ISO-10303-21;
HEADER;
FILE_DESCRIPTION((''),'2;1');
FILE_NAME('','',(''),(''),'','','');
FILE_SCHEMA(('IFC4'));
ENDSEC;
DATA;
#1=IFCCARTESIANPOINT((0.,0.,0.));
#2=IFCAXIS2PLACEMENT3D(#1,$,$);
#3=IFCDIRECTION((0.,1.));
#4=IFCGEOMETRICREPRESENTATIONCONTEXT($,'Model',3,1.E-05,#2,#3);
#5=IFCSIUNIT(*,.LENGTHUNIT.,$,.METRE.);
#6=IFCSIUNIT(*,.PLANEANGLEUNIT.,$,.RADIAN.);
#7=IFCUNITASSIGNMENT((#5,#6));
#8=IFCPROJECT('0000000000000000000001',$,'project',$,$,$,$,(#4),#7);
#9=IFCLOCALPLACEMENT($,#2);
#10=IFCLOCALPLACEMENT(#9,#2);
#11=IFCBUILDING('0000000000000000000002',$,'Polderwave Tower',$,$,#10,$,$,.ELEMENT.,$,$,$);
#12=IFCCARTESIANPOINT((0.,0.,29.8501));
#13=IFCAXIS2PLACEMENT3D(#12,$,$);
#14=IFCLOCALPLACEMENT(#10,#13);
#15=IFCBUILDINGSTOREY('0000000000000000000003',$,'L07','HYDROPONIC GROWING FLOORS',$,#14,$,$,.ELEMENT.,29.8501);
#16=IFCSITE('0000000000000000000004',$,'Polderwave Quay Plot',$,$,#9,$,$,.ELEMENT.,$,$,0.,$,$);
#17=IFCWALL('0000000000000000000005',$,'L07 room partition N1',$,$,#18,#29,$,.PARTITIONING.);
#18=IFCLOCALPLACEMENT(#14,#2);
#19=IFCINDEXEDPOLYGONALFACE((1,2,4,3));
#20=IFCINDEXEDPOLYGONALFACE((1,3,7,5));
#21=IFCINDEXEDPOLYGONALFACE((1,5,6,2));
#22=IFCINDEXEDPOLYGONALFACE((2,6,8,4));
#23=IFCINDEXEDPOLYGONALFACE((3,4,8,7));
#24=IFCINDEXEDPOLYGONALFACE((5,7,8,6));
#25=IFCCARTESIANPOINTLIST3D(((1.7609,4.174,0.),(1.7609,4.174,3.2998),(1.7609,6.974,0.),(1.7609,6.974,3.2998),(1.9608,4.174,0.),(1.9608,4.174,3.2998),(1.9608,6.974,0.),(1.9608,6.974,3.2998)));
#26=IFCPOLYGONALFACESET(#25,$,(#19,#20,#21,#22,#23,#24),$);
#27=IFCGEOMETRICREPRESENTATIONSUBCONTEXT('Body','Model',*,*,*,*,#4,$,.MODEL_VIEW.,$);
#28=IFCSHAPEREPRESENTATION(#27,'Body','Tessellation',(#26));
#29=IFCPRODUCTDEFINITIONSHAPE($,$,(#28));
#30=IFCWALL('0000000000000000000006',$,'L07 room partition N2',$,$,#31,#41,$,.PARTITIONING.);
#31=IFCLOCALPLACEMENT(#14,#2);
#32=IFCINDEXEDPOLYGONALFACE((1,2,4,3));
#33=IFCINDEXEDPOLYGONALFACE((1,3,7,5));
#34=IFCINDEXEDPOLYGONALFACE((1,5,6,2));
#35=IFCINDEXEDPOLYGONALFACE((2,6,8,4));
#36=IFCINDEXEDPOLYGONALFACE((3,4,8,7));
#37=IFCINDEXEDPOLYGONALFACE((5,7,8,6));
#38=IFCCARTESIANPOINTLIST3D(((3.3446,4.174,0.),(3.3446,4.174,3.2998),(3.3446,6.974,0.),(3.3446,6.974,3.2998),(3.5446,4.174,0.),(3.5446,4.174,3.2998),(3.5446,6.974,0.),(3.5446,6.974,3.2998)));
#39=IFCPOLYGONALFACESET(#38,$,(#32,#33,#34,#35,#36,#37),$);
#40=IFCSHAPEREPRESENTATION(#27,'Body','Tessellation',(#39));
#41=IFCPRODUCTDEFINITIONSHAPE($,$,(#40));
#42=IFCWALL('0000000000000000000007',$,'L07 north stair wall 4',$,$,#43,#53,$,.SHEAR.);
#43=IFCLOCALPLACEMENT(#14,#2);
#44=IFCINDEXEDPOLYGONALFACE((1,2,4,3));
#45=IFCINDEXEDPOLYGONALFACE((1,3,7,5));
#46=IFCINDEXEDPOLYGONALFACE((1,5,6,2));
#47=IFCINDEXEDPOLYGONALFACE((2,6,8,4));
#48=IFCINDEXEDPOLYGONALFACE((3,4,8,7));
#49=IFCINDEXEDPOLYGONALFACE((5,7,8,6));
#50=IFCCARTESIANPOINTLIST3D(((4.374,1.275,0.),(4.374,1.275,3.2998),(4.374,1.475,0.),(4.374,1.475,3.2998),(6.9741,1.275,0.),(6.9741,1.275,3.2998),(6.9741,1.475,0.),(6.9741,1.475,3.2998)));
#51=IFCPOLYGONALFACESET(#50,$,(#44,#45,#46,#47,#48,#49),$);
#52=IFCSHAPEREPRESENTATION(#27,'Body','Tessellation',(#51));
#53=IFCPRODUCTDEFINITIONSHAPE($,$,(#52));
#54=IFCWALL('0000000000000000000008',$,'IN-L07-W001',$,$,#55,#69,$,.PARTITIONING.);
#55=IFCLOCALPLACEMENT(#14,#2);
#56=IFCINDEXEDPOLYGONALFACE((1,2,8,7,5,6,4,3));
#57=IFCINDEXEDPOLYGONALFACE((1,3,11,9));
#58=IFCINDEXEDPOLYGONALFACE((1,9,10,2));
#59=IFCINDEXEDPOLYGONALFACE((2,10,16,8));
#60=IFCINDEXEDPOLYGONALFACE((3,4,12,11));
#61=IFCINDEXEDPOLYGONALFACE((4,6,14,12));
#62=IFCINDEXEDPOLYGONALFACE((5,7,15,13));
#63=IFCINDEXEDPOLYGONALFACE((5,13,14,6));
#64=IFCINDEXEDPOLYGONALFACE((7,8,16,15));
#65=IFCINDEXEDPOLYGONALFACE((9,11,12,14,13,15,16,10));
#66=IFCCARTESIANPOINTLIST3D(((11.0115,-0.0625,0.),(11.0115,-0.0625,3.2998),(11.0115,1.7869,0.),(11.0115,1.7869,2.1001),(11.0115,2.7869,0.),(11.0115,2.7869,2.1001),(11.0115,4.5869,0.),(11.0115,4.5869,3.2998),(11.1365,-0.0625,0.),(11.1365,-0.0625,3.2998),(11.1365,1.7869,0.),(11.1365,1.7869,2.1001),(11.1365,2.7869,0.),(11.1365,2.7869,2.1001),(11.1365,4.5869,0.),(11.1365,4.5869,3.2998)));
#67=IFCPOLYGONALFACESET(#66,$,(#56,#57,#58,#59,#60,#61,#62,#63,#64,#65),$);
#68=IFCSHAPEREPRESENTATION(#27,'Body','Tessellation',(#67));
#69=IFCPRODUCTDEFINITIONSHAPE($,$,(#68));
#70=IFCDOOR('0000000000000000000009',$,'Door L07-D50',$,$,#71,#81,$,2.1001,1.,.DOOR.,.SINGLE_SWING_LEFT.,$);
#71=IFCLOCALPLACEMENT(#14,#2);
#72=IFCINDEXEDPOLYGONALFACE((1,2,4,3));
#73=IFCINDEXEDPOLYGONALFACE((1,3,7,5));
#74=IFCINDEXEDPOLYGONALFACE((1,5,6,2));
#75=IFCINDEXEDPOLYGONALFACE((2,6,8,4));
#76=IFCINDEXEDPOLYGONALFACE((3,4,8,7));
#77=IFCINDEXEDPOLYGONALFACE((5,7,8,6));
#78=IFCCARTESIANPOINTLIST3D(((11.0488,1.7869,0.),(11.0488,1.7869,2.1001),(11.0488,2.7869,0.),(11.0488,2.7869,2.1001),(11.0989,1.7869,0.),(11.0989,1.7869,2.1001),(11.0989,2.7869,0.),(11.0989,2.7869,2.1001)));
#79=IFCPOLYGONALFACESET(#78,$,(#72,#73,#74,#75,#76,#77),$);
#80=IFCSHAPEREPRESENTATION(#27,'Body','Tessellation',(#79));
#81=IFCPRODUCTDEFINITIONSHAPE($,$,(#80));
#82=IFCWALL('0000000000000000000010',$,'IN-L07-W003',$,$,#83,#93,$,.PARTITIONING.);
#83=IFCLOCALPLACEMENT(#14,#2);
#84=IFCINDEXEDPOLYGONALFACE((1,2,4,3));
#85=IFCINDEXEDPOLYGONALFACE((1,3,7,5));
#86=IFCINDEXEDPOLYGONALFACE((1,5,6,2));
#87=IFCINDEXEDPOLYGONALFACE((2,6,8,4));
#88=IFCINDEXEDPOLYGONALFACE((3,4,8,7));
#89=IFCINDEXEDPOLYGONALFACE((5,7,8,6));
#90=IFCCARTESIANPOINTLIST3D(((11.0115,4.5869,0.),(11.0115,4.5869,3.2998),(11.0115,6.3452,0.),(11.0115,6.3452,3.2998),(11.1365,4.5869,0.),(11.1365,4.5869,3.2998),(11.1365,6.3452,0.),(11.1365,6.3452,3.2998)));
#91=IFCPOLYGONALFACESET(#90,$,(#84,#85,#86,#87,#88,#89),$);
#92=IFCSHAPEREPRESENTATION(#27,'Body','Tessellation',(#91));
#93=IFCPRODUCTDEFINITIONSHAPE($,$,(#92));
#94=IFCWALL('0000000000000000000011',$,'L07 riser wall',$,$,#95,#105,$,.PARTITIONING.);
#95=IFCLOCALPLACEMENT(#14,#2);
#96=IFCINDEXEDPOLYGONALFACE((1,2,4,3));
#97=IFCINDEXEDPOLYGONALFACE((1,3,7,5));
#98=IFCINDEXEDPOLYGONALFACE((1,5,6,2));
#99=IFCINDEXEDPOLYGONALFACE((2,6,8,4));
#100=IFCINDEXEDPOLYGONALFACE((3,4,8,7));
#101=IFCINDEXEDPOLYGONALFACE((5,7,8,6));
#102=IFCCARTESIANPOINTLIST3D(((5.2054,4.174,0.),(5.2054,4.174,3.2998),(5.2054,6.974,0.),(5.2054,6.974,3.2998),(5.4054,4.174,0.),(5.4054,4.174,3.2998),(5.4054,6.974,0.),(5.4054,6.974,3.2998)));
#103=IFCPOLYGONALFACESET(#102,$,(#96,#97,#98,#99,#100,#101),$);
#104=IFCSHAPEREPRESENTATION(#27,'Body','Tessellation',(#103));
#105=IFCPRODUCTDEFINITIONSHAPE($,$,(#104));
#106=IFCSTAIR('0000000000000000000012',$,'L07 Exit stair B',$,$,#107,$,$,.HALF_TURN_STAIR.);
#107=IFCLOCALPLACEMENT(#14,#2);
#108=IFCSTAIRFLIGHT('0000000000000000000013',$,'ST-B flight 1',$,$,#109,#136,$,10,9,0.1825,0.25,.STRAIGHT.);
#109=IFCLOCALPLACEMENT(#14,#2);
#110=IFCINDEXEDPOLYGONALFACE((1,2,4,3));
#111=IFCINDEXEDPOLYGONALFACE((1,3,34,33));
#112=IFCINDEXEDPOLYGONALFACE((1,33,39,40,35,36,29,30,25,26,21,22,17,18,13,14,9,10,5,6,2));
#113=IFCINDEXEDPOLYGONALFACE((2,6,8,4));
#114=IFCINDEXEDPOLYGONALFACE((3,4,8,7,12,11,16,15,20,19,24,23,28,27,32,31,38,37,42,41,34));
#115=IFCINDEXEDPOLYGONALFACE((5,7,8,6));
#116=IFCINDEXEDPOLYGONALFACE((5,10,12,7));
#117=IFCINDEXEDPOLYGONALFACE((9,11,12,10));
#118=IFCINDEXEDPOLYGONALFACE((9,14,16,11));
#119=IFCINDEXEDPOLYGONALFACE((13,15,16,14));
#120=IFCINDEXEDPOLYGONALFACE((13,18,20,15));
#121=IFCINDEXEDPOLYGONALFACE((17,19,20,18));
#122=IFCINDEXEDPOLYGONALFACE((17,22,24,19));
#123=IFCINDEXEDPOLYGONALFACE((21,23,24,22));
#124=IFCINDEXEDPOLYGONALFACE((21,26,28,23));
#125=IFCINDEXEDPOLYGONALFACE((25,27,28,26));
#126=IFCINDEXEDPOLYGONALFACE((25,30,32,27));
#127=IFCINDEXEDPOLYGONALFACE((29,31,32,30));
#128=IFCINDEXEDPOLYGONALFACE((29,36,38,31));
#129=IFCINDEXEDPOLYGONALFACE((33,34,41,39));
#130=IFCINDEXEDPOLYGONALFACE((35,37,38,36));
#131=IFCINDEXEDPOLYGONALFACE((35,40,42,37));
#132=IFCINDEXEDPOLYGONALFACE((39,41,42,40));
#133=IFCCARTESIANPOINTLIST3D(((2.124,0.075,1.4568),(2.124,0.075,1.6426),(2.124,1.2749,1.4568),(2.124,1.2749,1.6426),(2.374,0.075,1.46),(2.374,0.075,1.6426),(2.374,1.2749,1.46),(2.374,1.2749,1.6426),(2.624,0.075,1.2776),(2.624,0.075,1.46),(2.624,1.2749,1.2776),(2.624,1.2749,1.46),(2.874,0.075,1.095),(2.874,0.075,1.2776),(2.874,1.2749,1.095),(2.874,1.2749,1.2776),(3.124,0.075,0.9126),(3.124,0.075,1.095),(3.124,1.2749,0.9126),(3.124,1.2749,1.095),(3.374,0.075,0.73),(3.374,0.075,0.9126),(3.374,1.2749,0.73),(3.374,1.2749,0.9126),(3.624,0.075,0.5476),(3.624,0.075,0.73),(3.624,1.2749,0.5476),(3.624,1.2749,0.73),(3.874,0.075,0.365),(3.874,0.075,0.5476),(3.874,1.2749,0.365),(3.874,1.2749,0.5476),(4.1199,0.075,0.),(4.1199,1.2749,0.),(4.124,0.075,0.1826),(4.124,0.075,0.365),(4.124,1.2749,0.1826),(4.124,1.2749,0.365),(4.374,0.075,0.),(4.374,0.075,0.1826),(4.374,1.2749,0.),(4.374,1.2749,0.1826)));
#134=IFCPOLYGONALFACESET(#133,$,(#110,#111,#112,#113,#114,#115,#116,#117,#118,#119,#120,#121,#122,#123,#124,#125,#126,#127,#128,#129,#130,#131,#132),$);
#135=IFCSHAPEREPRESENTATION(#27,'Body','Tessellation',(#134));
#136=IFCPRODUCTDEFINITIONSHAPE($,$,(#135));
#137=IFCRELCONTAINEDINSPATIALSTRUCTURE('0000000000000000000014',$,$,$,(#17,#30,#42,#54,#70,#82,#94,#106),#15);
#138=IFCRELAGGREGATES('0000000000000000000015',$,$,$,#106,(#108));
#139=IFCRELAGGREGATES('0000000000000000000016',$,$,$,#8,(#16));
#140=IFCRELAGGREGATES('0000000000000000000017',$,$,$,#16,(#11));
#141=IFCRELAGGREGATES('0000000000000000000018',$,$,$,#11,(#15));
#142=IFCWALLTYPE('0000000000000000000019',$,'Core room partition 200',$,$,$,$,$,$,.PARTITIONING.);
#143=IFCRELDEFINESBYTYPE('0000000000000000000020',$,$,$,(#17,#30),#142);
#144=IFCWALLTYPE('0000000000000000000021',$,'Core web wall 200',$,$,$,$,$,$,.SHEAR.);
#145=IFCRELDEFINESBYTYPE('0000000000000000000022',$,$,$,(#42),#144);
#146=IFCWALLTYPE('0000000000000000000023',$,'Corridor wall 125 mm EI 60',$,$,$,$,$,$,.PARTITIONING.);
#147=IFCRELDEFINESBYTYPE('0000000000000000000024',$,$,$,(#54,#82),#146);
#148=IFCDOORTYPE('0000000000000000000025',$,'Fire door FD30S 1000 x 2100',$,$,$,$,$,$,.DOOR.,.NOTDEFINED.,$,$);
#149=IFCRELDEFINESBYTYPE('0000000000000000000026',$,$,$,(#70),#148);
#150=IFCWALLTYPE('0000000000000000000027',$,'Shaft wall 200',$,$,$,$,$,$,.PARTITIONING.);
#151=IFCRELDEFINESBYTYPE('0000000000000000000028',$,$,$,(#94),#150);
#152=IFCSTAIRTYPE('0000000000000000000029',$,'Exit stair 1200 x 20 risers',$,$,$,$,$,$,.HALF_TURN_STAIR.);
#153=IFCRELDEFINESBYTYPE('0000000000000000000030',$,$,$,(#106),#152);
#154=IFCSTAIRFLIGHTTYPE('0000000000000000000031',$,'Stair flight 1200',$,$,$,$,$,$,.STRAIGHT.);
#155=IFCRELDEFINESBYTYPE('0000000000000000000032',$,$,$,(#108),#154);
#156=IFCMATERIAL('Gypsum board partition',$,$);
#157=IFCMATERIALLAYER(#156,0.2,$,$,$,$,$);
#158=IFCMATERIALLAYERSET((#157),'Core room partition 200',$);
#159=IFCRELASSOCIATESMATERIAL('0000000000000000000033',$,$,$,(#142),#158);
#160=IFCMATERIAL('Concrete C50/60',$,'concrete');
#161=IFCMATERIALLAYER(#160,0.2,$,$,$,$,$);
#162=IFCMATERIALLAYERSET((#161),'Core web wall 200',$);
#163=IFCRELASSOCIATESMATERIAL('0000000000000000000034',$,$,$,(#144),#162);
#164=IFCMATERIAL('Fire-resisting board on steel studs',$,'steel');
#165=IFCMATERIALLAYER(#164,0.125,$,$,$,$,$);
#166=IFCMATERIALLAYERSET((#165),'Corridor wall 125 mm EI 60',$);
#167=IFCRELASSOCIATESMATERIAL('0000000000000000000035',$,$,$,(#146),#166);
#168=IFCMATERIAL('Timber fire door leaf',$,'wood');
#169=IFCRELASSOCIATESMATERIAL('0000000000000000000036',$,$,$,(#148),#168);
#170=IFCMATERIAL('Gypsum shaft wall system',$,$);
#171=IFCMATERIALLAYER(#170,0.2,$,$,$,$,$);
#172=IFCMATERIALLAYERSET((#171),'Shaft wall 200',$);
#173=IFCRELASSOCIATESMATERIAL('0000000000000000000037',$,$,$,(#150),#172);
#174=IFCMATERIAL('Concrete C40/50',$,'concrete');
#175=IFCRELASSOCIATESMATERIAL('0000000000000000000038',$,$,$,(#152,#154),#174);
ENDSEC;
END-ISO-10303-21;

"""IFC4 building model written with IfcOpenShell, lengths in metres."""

from ifc_helpers import new_model, si_unit, direction, frame, frame_2d, origin, place, context, subcontext, project, spatial, polyline, rectangle, outline, extrude, material, layer, layer_set, type_object, element, fill, aggregate, save


model = new_model("IFC4")

# Units and contexts
model_context = context("Model", 3, precision=1e-05, world=origin(), true_north=direction((0.0, 1.0)))
body_context = subcontext(model_context, "Body", "Model", "MODEL_VIEW")
ifc_project = project(units=[si_unit("LENGTHUNIT", "METRE"), si_unit("PLANEANGLEUNIT", "RADIAN")], contexts=[model_context])

# Site, building, storey
site_placement = place(None, origin())
site = spatial("IfcSite", under=ifc_project, at=site_placement, Name="Polderwave Quay Plot", CompositionType="ELEMENT", RefElevation=0.0)
building_placement = place(site_placement, origin())
building = spatial("IfcBuilding", under=site, at=building_placement, Name="Polderwave Tower", CompositionType="ELEMENT")
storey_placement = place(building_placement, frame((0.0, 0.0, 29.8501)))
storey = spatial("IfcBuildingStorey", under=building, at=storey_placement, Name="L07", Description="HYDROPONIC GROWING FLOORS", CompositionType="ELEMENT", Elevation=29.8501)

# Walls
ifc_material_1 = material(Name="Gypsum board partition")
ifc_layer_1 = layer(ifc_material_1, 0.2)
ifc_layer_set_1 = layer_set([ifc_layer_1], Name="Core room partition 200")
wall_type_1 = type_object("IfcWallType", Name="Core room partition 200", PredefinedType="PARTITIONING", material=ifc_layer_set_1)
for number, where, z_axis, x_axis, name in (
    (1, (1.8608, 4.1741, 0.0), (0.0, 0.0, 1.0), (0.0, 1.0, 0.0), "L07 room partition N1"),
    (2, (3.4446, 4.1741, 0.0), (0.0, 0.0, 1.0), (0.0, 1.0, 0.0), "L07 room partition N2"),
):
    element("IfcWall", number, at=place(storey_placement, frame(where, z_axis=z_axis, x_axis=x_axis)), inside=storey, type_object=wall_type_1, Name=name, PredefinedType="PARTITIONING", context=body_context, shape_type="SweptSolid", body=[
        extrude(rectangle(XDim=2.8, YDim=0.2, at=frame_2d((1.3999, 0.0))), origin(), (0.0, 0.0, 1.0), 3.2998),
    ])
ifc_material_2 = material(Name="Concrete C50/60", Category="concrete")
ifc_layer_2 = layer(ifc_material_2, 0.2)
ifc_layer_set_2 = layer_set([ifc_layer_2], Name="Core web wall 200")
wall_type_2 = type_object("IfcWallType", Name="Core web wall 200", PredefinedType="SHEAR", material=ifc_layer_set_2)
wall_1_placement = place(storey_placement, frame((4.374, 1.375, 0.0), z_axis=(0.0, 0.0, 1.0), x_axis=(1.0, 0.0, 0.0)))
element("IfcWall", 3, at=wall_1_placement, inside=storey, type_object=wall_type_2, Name="L07 north stair wall 4", PredefinedType="SHEAR", context=body_context, shape_type="SweptSolid", body=[
    extrude(rectangle(XDim=2.6001, YDim=0.2, at=frame_2d((1.3, 0.0))), origin(), (0.0, 0.0, 1.0), 3.2998),
])

# Wall, opening, door
ifc_material_3 = material(Name="Fire-resisting board on steel studs", Category="steel")
ifc_layer_3 = layer(ifc_material_3, 0.125)
ifc_layer_set_3 = layer_set([ifc_layer_3], Name="Corridor wall 125 mm EI 60")
wall_type_3 = type_object("IfcWallType", Name="Corridor wall 125 mm EI 60", PredefinedType="PARTITIONING", material=ifc_layer_set_3)
wall_2_placement = place(storey_placement, frame((11.074, 4.5869, 0.0), z_axis=(0.0, 0.0, 1.0), x_axis=(0.0, -1.0, 0.0)))
wall_2 = element("IfcWall", 4, at=wall_2_placement, inside=storey, type_object=wall_type_3, Name="IN-L07-W001", PredefinedType="PARTITIONING", context=body_context, shape_type="SweptSolid", body=[
    extrude(rectangle(XDim=4.6494, YDim=0.125, at=frame_2d((2.3247, 0.0))), origin(), (0.0, 0.0, 1.0), 3.2998),
])
opening_placement = place(wall_2_placement, frame((1.8, 0.0, 0.0)))
opening = element("IfcOpeningElement", 5, at=opening_placement, cuts=wall_2, PredefinedType="OPENING", context=body_context, shape_type="SweptSolid", body=[
    extrude(rectangle(XDim=1.0, YDim=2.1001, at=frame_2d((0.5, 1.05))), frame((0.0, 0.0725, 0.0), z_axis=(0.0, -1.0, 0.0), x_axis=(1.0, 0.0, 0.0)), (0.0, 0.0, 1.0), 0.145),
])
ifc_material_4 = material(Name="Timber fire door leaf", Category="wood")
door_type = type_object("IfcDoorType", Name="Fire door FD30S 1000 x 2100", OperationType="NOTDEFINED", PredefinedType="DOOR", material=ifc_material_4)
door_placement = place(opening_placement, origin())
door = element("IfcDoor", 6, at=door_placement, inside=storey, type_object=door_type, Name="Door L07-D50", OperationType="SINGLE_SWING_LEFT", OverallHeight=2.1001, OverallWidth=1.0, PredefinedType="DOOR", context=body_context, shape_type="SweptSolid", body=[
    extrude(rectangle(XDim=1.0, YDim=2.1001, at=frame_2d((0.5, 1.05))), frame((0.0, 0.0249, 0.0), z_axis=(0.0, -1.0, 0.0), x_axis=(1.0, 0.0, 0.0)), (0.0, 0.0, 1.0), 0.05),
])
fill(opening, door)

# Walls
wall_3_placement = place(storey_placement, frame((11.074, 6.3452, 0.0), z_axis=(0.0, 0.0, 1.0), x_axis=(0.0, -1.0, 0.0)))
element("IfcWall", 7, at=wall_3_placement, inside=storey, type_object=wall_type_3, Name="IN-L07-W003", PredefinedType="PARTITIONING", context=body_context, shape_type="SweptSolid", body=[
    extrude(rectangle(XDim=1.7583, YDim=0.125, at=frame_2d((0.8792, 0.0))), origin(), (0.0, 0.0, 1.0), 3.2998),
])
ifc_material_5 = material(Name="Gypsum shaft wall system")
ifc_layer_4 = layer(ifc_material_5, 0.2)
ifc_layer_set_4 = layer_set([ifc_layer_4], Name="Shaft wall 200")
wall_type_4 = type_object("IfcWallType", Name="Shaft wall 200", PredefinedType="PARTITIONING", material=ifc_layer_set_4)
wall_4_placement = place(storey_placement, frame((5.3054, 4.1741, 0.0), z_axis=(0.0, 0.0, 1.0), x_axis=(0.0, 1.0, 0.0)))
element("IfcWall", 8, at=wall_4_placement, inside=storey, type_object=wall_type_4, Name="L07 riser wall", PredefinedType="PARTITIONING", context=body_context, shape_type="SweptSolid", body=[
    extrude(rectangle(XDim=2.8, YDim=0.2, at=frame_2d((1.3999, 0.0))), origin(), (0.0, 0.0, 1.0), 3.2998),
])

# Stair, stair flight
ifc_material_6 = material(Name="Concrete C40/50", Category="concrete")
stair_type = type_object("IfcStairType", Name="Exit stair 1200 x 20 risers", PredefinedType="HALF_TURN_STAIR", material=ifc_material_6)
stair_placement = place(storey_placement, origin())
stair = element("IfcStair", 9, at=stair_placement, inside=storey, type_object=stair_type, Name="L07 Exit stair B", PredefinedType="HALF_TURN_STAIR")
stair_flight_type = type_object("IfcStairFlightType", Name="Stair flight 1200", PredefinedType="STRAIGHT", material=ifc_material_6)
stair_flight_placement = place(storey_placement, frame((4.374, 0.675, 0.0), z_axis=(0.0, 0.0, 1.0), x_axis=(-1.0, 0.0, 0.0)))
stair_flight = element("IfcStairFlight", 10, at=stair_flight_placement, type_object=stair_flight_type, Name="ST-B flight 1", NumberOfRisers=10, NumberOfTreads=9, PredefinedType="STRAIGHT", RiserHeight=0.1825, TreadLength=0.25, context=body_context, shape_type="SweptSolid", body=[
    extrude(outline(polyline([(0.0, 0.0), (0.0, 0.1826), (0.25, 0.1826), (0.25, 0.365), (0.5, 0.365), (0.5, 0.5476), (0.75, 0.5476), (0.75, 0.73), (1.0, 0.73), (1.0, 0.9126), (1.25, 0.9126), (1.25, 1.095), (1.5, 1.095), (1.5, 1.2776), (1.75, 1.2776), (1.75, 1.46), (2.0, 1.46), (2.0, 1.6426), (2.25, 1.6426), (2.25, 1.825), (2.25, 1.4568), (0.2542, 0.0), (0.0, 0.0)])), frame((0.0, 0.6001, 0.0), z_axis=(0.0, -1.0, 0.0), x_axis=(1.0, 0.0, 0.0)), (0.0, 0.0, 1.0), 1.2),
])
aggregate(stair, [stair_flight])

save(model, "model.ifc")
